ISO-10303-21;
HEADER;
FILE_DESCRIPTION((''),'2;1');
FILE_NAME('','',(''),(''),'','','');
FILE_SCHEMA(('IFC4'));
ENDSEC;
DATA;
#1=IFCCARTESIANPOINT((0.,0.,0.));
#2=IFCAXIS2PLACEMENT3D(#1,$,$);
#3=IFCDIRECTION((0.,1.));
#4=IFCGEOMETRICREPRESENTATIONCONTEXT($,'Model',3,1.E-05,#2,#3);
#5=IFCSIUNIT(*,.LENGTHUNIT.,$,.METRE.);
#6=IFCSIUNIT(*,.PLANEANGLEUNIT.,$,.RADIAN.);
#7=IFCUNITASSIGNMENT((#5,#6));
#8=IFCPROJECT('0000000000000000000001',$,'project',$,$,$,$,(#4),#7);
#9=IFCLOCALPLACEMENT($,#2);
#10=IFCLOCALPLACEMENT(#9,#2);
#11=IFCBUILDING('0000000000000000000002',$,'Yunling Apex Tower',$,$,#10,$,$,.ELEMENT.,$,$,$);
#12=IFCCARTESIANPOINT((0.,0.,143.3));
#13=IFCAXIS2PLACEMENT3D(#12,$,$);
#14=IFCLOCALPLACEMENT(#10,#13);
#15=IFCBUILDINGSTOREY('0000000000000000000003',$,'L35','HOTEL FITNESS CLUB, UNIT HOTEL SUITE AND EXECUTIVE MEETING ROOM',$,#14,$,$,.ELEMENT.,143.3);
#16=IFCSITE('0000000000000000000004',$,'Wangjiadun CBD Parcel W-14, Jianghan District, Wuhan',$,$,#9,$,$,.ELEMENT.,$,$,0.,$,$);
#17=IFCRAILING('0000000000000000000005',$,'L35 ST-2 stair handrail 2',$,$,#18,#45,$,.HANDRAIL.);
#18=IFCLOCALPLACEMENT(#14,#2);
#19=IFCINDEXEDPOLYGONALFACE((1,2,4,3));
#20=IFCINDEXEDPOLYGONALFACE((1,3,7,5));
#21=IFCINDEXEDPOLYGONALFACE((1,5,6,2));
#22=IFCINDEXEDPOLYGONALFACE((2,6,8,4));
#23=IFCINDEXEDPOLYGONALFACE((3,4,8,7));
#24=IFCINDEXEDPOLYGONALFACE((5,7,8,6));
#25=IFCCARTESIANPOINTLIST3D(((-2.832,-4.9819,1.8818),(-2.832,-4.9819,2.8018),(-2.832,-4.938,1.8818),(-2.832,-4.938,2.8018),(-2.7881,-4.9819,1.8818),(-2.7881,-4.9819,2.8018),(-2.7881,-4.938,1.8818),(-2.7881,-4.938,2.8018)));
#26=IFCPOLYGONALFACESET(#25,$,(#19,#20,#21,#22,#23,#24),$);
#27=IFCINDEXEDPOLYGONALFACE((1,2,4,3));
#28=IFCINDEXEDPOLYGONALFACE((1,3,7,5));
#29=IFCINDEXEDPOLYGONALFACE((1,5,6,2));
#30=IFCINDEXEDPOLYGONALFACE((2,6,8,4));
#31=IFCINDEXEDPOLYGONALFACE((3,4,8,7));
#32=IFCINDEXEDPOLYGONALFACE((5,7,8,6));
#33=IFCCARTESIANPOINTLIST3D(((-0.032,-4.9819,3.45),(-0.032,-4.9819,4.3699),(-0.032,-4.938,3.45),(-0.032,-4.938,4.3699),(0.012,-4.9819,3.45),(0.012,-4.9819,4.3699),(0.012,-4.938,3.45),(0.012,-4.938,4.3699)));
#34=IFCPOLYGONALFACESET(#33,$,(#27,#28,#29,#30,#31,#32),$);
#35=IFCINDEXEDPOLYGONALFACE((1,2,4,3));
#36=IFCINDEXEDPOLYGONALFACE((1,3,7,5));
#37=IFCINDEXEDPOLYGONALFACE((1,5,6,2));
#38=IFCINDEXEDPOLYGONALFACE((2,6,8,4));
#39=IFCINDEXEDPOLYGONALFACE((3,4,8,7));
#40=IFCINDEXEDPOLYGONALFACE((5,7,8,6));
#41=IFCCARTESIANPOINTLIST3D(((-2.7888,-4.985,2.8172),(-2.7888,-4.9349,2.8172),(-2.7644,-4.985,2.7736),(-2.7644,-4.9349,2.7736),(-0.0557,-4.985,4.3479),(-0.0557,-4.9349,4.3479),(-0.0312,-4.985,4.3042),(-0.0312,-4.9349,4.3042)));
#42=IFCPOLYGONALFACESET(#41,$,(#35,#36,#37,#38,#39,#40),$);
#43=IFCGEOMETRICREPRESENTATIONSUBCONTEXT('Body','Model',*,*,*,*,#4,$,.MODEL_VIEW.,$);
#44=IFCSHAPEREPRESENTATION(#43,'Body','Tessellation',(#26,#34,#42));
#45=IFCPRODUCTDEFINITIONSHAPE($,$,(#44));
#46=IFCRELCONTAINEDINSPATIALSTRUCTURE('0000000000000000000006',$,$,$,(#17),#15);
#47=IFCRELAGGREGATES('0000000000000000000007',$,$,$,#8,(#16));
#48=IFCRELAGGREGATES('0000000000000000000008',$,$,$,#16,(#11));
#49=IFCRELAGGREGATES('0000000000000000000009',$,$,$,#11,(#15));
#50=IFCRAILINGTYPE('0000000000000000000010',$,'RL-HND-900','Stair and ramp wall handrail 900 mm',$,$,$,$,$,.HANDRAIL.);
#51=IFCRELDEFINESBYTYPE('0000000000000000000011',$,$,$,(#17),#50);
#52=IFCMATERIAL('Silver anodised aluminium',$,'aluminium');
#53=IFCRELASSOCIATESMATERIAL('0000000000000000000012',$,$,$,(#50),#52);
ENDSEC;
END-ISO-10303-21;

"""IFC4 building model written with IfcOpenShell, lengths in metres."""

from ifc_helpers import new_model, si_unit, direction, frame, origin, origin_2d, place, context, subcontext, project, spatial, rectangle, extrude, material, type_object, element, save


model = new_model("IFC4")

# Units and contexts
model_context = context("Model", 3, precision=1e-05, world=origin(), true_north=direction((0.0, 1.0)))
body_context = subcontext(model_context, "Body", "Model", "MODEL_VIEW")
ifc_project = project(units=[si_unit("LENGTHUNIT", "METRE"), si_unit("PLANEANGLEUNIT", "RADIAN")], contexts=[model_context])

# Site, building, storey
site_placement = place(None, origin())
site = spatial("IfcSite", under=ifc_project, at=site_placement, Name="Wangjiadun CBD Parcel W-14, Jianghan District, Wuhan", CompositionType="ELEMENT", RefElevation=0.0)
building_placement = place(site_placement, origin())
building = spatial("IfcBuilding", under=site, at=building_placement, Name="Yunling Apex Tower", CompositionType="ELEMENT")
storey_placement = place(building_placement, frame((0.0, 0.0, 143.3)))
storey = spatial("IfcBuildingStorey", under=building, at=storey_placement, Name="L35", Description="HOTEL FITNESS CLUB, UNIT HOTEL SUITE AND EXECUTIVE MEETING ROOM", CompositionType="ELEMENT", Elevation=143.3)

# Railing
ifc_material_1 = material(Name="Silver anodised aluminium", Category="aluminium")
railing_type_1 = type_object("IfcRailingType", Name="RL-HND-900", Description="Stair and ramp wall handrail 900 mm", PredefinedType="HANDRAIL", material=ifc_material_1)
railing_1_placement = place(storey_placement, frame((-2.8101, -4.96, 1.8818)))
element("IfcRailing", 1, at=railing_1_placement, inside=storey, type_object=railing_type_1, Name="L35 ST-2 stair handrail 2", PredefinedType="HANDRAIL", context=body_context, shape_type="SweptSolid", body=[
    extrude(rectangle(XDim=0.0439, YDim=0.0439, at=origin_2d()), origin(), (0.0, 0.0, 1.0), 0.9199),
    extrude(rectangle(XDim=0.0439, YDim=0.0439, at=origin_2d()), frame((2.8, 0.0, 1.5681)), (0.0, 0.0, 1.0), 0.9199),
    extrude(rectangle(XDim=0.05, YDim=0.05, at=origin_2d()), frame((0.0334, 0.0, 0.9136), z_axis=(0.872494, 0.0, 0.488624), x_axis=(0.0, 1.0, 0.0)), (0.0, 0.0, 1.0), 3.1326),
])

save(model, "model.ifc")
